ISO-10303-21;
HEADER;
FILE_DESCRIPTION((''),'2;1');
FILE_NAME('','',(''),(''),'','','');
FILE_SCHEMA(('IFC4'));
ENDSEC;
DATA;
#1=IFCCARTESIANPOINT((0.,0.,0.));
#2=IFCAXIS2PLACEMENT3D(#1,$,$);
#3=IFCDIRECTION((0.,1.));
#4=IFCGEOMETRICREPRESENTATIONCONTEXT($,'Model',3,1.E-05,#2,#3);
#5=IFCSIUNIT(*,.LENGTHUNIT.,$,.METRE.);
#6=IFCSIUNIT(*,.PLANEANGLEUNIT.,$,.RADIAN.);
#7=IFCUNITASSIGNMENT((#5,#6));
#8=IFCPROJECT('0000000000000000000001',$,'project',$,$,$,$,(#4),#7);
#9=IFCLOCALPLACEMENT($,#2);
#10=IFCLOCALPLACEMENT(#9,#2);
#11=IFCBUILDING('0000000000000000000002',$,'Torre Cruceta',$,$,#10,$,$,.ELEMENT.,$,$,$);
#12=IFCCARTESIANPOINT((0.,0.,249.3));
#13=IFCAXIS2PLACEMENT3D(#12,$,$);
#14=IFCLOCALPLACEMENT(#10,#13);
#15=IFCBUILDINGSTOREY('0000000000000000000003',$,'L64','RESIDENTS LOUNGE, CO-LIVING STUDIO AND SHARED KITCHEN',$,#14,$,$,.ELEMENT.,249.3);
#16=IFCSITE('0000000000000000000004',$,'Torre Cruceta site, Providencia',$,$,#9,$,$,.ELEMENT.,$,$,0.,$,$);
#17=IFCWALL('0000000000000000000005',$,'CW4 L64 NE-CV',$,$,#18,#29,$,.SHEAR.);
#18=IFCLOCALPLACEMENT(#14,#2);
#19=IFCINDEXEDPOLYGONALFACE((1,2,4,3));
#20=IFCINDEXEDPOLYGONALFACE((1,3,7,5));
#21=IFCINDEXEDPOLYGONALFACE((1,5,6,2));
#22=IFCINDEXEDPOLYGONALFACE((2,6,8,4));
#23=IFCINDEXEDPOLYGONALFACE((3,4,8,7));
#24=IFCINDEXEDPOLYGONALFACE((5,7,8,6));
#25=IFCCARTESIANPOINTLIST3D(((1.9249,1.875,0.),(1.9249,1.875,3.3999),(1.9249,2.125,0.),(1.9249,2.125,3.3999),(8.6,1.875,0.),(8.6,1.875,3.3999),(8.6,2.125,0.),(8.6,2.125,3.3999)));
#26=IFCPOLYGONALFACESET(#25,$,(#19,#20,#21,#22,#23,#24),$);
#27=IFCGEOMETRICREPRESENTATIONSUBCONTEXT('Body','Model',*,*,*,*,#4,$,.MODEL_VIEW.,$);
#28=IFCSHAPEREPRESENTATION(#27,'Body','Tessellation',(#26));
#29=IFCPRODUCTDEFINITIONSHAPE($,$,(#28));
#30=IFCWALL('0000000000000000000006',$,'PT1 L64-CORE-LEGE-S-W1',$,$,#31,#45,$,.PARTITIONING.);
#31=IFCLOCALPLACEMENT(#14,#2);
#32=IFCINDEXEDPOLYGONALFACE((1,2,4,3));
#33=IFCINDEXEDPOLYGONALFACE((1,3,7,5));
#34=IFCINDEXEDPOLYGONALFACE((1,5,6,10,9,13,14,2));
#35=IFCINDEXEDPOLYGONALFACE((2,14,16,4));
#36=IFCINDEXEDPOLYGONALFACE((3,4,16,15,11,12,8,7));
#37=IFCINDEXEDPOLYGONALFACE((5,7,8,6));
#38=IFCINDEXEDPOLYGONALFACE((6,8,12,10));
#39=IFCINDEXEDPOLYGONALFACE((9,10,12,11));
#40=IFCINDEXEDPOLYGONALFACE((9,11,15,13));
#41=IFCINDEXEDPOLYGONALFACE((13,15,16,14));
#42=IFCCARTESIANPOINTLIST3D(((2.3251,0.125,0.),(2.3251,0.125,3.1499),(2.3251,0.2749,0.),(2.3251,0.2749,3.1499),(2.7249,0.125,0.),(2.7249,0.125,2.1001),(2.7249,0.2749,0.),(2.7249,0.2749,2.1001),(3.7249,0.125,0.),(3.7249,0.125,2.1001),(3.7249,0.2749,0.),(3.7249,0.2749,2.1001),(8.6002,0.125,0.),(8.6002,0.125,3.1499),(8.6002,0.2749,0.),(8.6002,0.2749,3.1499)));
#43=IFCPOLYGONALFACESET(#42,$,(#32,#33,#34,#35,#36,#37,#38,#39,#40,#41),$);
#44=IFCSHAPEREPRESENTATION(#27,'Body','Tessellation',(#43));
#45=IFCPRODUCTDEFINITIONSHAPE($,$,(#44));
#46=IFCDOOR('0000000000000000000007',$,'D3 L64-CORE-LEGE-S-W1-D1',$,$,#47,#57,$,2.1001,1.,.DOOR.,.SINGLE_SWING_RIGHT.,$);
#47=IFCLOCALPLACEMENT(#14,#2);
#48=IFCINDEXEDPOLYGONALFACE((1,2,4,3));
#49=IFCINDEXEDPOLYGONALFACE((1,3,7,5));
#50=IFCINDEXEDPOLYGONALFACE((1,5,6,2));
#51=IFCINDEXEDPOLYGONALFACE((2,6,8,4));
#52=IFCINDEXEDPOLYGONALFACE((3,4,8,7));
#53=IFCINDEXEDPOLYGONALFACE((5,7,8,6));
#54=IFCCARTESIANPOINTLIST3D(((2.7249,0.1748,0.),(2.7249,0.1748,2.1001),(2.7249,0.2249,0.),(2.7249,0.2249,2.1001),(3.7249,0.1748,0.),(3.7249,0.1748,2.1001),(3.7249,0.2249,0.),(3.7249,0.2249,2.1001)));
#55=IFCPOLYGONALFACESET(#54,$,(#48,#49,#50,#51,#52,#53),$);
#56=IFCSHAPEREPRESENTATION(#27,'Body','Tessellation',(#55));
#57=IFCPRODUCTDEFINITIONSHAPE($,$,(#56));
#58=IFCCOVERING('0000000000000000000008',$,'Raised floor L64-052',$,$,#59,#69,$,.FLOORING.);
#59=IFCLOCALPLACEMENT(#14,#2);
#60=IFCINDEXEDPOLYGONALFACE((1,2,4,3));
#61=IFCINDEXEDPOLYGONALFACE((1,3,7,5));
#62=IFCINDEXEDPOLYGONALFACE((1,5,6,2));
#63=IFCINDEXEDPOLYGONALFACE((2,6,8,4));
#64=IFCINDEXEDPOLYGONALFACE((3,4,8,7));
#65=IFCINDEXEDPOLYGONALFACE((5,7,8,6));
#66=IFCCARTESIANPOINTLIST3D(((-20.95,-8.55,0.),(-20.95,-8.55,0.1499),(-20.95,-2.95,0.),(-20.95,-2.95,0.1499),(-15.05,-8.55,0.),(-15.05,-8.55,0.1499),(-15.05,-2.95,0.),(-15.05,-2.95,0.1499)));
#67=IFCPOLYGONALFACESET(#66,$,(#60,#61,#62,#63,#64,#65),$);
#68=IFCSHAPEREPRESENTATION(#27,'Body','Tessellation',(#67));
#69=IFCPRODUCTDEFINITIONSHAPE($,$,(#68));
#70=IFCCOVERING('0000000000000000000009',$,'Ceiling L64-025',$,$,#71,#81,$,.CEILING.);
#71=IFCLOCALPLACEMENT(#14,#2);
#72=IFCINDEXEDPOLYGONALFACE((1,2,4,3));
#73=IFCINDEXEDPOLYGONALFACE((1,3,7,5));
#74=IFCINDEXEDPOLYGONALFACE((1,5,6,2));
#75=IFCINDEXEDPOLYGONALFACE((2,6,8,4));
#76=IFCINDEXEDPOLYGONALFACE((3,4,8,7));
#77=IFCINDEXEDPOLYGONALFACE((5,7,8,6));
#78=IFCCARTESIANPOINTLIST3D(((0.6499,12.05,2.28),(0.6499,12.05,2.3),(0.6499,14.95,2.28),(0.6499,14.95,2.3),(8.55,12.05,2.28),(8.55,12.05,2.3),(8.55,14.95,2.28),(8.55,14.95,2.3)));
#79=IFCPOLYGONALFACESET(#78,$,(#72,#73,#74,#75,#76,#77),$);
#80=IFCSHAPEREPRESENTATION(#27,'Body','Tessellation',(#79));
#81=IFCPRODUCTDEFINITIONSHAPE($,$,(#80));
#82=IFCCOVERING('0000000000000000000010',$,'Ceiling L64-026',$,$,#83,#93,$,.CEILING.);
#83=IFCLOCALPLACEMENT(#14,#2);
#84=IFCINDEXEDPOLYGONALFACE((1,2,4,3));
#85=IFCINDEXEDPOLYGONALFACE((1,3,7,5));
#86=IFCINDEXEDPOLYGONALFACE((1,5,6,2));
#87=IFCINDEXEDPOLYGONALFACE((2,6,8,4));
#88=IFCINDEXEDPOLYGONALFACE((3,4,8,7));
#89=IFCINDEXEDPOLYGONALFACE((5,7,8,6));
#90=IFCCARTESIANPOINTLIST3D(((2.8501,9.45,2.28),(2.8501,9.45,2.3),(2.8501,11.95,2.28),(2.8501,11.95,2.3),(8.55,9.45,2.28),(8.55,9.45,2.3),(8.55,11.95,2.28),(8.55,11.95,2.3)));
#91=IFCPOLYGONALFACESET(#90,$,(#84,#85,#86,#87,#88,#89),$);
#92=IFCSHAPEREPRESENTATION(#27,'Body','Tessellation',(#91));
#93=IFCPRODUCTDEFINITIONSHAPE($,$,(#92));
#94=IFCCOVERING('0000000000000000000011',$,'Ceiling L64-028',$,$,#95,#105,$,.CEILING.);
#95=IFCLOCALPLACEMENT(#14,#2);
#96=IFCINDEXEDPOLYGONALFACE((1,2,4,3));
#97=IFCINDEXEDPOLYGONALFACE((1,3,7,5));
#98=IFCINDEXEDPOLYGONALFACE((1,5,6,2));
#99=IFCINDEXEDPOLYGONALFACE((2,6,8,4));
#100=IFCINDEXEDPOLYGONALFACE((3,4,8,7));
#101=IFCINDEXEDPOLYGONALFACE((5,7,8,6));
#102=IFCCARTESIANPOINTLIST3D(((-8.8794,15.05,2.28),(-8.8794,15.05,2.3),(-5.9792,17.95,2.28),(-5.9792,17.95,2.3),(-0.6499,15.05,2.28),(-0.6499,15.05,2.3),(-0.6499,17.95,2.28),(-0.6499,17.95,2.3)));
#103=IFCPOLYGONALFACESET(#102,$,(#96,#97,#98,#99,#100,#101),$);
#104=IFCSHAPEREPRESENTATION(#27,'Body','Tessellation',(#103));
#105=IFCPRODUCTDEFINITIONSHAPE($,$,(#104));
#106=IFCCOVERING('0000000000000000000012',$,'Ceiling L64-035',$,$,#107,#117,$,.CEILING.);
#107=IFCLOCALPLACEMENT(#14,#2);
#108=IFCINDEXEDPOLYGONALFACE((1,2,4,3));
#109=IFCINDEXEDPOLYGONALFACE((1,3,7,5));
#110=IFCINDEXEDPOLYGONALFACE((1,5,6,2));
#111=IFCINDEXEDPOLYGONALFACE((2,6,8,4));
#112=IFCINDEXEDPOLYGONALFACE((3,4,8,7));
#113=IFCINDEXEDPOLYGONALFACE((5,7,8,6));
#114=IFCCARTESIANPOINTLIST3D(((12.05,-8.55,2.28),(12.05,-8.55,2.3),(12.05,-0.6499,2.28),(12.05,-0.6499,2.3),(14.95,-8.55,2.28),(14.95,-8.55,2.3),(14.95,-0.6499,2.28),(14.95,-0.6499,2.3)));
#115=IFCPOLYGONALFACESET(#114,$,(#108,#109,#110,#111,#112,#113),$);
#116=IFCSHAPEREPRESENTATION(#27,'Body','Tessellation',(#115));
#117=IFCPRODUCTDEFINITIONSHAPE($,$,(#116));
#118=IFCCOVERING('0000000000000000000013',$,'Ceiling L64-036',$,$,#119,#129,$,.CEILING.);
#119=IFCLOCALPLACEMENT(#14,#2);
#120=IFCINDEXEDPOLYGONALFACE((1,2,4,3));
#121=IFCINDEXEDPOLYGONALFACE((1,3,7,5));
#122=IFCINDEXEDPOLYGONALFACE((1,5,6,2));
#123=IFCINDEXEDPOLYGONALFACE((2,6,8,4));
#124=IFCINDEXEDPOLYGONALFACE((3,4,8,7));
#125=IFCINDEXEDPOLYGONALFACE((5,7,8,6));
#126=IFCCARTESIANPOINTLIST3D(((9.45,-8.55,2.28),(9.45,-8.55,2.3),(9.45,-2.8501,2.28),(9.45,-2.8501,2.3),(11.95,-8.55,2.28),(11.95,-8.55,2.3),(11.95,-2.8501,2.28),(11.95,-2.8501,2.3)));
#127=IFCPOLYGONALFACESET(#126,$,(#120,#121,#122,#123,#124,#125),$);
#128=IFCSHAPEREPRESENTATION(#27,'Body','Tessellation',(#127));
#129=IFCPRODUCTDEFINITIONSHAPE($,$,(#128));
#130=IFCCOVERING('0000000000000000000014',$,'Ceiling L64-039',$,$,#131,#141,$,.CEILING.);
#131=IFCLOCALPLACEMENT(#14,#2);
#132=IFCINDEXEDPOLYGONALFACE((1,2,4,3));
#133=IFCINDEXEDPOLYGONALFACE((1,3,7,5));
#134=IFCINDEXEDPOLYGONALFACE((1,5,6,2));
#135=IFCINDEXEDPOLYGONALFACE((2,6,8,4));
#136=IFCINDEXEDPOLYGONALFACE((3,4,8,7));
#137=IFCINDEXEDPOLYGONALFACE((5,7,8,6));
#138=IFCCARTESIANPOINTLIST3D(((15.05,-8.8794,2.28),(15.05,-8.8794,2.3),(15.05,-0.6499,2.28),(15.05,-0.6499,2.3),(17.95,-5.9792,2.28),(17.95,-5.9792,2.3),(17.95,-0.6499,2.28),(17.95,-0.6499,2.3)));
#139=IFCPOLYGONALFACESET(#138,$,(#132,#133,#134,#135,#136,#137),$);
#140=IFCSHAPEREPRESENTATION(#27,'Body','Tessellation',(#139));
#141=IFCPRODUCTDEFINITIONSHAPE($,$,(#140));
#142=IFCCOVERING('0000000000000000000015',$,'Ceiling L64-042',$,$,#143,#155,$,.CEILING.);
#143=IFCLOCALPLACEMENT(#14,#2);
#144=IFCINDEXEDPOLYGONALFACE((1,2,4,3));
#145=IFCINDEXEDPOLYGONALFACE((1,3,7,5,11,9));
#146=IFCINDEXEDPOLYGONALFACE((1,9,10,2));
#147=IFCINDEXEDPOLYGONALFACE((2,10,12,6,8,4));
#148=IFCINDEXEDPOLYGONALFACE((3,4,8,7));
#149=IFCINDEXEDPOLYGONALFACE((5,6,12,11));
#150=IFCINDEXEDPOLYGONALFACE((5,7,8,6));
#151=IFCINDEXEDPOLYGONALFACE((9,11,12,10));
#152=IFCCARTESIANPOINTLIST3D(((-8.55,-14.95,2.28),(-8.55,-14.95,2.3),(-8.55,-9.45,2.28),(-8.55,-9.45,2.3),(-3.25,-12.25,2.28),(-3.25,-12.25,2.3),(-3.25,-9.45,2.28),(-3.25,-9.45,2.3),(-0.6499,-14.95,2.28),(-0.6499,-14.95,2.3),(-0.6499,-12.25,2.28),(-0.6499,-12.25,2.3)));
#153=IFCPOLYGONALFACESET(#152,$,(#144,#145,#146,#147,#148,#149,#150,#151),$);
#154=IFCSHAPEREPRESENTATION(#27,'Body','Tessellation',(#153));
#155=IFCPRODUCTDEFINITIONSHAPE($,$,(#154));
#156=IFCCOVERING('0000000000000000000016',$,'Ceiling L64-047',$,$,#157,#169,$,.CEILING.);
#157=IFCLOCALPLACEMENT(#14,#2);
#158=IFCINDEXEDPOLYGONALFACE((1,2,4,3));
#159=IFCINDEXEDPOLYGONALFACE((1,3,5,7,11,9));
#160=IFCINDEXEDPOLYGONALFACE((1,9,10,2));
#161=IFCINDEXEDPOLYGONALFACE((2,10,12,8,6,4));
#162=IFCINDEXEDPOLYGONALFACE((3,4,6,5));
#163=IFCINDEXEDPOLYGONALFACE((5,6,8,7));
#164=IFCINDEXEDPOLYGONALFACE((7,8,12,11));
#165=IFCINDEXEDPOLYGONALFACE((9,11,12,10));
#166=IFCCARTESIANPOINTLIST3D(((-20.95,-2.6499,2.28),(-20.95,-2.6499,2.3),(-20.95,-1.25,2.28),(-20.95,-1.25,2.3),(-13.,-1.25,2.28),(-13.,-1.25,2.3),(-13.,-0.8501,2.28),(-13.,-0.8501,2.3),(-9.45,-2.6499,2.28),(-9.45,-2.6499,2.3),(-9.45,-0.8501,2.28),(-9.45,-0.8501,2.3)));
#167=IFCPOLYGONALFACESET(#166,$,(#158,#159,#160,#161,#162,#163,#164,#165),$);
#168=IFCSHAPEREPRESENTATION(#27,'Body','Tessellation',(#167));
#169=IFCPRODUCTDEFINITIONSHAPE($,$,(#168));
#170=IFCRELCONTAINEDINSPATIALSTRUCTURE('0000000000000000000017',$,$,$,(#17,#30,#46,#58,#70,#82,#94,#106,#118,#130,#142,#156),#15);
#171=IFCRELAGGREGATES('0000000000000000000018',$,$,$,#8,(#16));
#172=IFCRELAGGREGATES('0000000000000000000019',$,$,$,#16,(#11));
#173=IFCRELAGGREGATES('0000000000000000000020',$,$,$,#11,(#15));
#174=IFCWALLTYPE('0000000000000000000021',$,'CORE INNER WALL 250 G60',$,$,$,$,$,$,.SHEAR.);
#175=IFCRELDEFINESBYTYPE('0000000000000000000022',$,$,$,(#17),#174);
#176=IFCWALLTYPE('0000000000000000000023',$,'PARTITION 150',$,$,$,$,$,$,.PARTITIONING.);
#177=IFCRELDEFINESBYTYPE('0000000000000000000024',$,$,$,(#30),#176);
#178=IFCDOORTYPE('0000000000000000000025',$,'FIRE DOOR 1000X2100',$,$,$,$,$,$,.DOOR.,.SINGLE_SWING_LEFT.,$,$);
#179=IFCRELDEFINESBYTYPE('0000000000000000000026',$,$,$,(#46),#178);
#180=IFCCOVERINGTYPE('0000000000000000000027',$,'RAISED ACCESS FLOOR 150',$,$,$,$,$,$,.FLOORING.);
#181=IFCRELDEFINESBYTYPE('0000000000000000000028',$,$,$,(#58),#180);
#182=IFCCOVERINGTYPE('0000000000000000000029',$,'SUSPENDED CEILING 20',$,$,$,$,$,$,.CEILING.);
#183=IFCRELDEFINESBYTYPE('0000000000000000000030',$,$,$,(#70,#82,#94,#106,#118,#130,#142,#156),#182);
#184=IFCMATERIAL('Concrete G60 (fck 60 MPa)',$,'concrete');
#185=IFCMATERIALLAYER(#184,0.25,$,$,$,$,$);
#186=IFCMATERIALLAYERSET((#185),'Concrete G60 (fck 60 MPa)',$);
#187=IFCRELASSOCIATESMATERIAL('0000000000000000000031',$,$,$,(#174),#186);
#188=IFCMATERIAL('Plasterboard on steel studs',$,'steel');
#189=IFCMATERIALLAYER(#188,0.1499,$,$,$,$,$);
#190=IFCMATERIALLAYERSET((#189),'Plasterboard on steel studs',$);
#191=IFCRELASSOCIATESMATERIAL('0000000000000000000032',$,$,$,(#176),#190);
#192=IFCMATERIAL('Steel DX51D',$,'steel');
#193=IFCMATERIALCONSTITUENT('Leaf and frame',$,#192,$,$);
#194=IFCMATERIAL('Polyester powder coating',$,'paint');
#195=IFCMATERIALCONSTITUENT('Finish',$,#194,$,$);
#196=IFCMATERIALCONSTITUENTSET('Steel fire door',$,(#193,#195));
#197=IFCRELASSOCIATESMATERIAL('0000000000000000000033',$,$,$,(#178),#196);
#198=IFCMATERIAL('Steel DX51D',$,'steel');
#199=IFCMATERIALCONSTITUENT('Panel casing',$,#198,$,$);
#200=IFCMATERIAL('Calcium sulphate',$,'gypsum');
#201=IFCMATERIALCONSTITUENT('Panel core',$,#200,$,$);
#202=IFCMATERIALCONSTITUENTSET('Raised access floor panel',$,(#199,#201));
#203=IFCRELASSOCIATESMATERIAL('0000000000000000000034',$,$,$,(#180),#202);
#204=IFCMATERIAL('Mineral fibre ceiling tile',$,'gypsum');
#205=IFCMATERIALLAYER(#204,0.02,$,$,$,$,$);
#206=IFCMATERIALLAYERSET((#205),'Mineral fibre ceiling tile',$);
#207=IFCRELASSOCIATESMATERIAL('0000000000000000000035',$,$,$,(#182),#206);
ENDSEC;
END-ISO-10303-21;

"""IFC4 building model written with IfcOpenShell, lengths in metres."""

from ifc_helpers import new_model, si_unit, direction, frame, frame_2d, origin, place, context, subcontext, project, spatial, polyline, rectangle, outline, extrude, material, layer, layer_set, constituent, constituent_set, type_object, element, fill, save


model = new_model("IFC4")

# Units and contexts
model_context = context("Model", 3, precision=1e-05, world=origin(), true_north=direction((0.0, 1.0)))
body_context = subcontext(model_context, "Body", "Model", "MODEL_VIEW")
ifc_project = project(units=[si_unit("LENGTHUNIT", "METRE"), si_unit("PLANEANGLEUNIT", "RADIAN")], contexts=[model_context])

# Site, building, storey
site_placement = place(None, origin())
site = spatial("IfcSite", under=ifc_project, at=site_placement, Name="Torre Cruceta site, Providencia", CompositionType="ELEMENT", RefElevation=0.0)
building_placement = place(site_placement, origin())
building = spatial("IfcBuilding", under=site, at=building_placement, Name="Torre Cruceta", CompositionType="ELEMENT")
storey_placement = place(building_placement, frame((0.0, 0.0, 249.3)))
storey = spatial("IfcBuildingStorey", under=building, at=storey_placement, Name="L64", Description="RESIDENTS LOUNGE, CO-LIVING STUDIO AND SHARED KITCHEN", CompositionType="ELEMENT", Elevation=249.3)

# Shared definitions
ifc_material_1 = material(Name="Concrete G60 (fck 60 MPa)", Category="concrete")
ifc_layer_1 = layer(ifc_material_1, 0.25)
ifc_layer_set_1 = layer_set([ifc_layer_1], Name="Concrete G60 (fck 60 MPa)")
wall_type_1 = type_object("IfcWallType", Name="CORE INNER WALL 250 G60", PredefinedType="SHEAR", material=ifc_layer_set_1)

# Wall
wall_1_placement = place(storey_placement, frame((1.925, 2.0, 0.0), z_axis=(0.0, 0.0, 1.0), x_axis=(1.0, 0.0, 0.0)))
element("IfcWall", 1, at=wall_1_placement, inside=storey, type_object=wall_type_1, Name="CW4 L64 NE-CV", PredefinedType="SHEAR", context=body_context, shape_type="SweptSolid", body=[
    extrude(rectangle(XDim=6.675, YDim=0.25, at=frame_2d((3.3374, 0.0))), origin(), (0.0, 0.0, 1.0), 3.3999),
])

# Wall, opening, door
ifc_material_2 = material(Name="Plasterboard on steel studs", Category="steel")
ifc_layer_2 = layer(ifc_material_2, 0.1499)
ifc_layer_set_2 = layer_set([ifc_layer_2], Name="Plasterboard on steel studs")
wall_type_2 = type_object("IfcWallType", Name="PARTITION 150", PredefinedType="PARTITIONING", material=ifc_layer_set_2)
wall_2_placement = place(storey_placement, frame((2.325, 0.2, 0.0), z_axis=(0.0, 0.0, 1.0), x_axis=(1.0, 0.0, 0.0)))
wall_2 = element("IfcWall", 2, at=wall_2_placement, inside=storey, type_object=wall_type_2, Name="PT1 L64-CORE-LEGE-S-W1", PredefinedType="PARTITIONING", context=body_context, shape_type="SweptSolid", body=[
    extrude(rectangle(XDim=6.2751, YDim=0.1499, at=frame_2d((3.1377, 0.0))), origin(), (0.0, 0.0, 1.0), 3.1499),
])
opening_1_placement = place(wall_2_placement, frame((0.3999, 0.0, 0.0)))
opening_1 = element("IfcOpeningElement", 3, at=opening_1_placement, cuts=wall_2, PredefinedType="OPENING", context=body_context, shape_type="SweptSolid", body=[
    extrude(rectangle(XDim=1.0, YDim=2.1001, at=frame_2d((0.5, 1.05))), frame((0.0, 0.085, 0.0), z_axis=(0.0, -1.0, 0.0), x_axis=(1.0, 0.0, 0.0)), (0.0, 0.0, 1.0), 0.1699),
])
ifc_material_3 = material(Name="Steel DX51D", Category="steel")
ifc_constituent_1 = constituent(ifc_material_3, Name="Leaf and frame")
ifc_material_4 = material(Name="Polyester powder coating", Category="paint")
ifc_constituent_2 = constituent(ifc_material_4, Name="Finish")
ifc_constituent_set_1 = constituent_set(constituents=[ifc_constituent_1, ifc_constituent_2], Name="Steel fire door")
door_type_1 = type_object("IfcDoorType", Name="FIRE DOOR 1000X2100", OperationType="SINGLE_SWING_LEFT", PredefinedType="DOOR", material=ifc_constituent_set_1)
door_1_placement = place(opening_1_placement, frame((1.0, 0.0, 0.0), z_axis=(0.0, 0.0, 1.0), x_axis=(-1.0, 0.0, 0.0)))
door_1 = element("IfcDoor", 4, at=door_1_placement, inside=storey, type_object=door_type_1, Name="D3 L64-CORE-LEGE-S-W1-D1", OperationType="SINGLE_SWING_RIGHT", OverallHeight=2.1001, OverallWidth=1.0, PredefinedType="DOOR", context=body_context, shape_type="SweptSolid", body=[
    extrude(rectangle(XDim=1.0, YDim=2.1001, at=frame_2d((0.5, 1.05))), frame((0.0, 0.0251, 0.0), z_axis=(0.0, -1.0, 0.0), x_axis=(1.0, 0.0, 0.0)), (0.0, 0.0, 1.0), 0.05),
])
fill(opening_1, door_1)

# Coverings
ifc_material_5 = material(Name="Steel DX51D", Category="steel")
ifc_constituent_3 = constituent(ifc_material_5, Name="Panel casing")
ifc_material_6 = material(Name="Calcium sulphate", Category="gypsum")
ifc_constituent_4 = constituent(ifc_material_6, Name="Panel core")
ifc_constituent_set_2 = constituent_set(constituents=[ifc_constituent_3, ifc_constituent_4], Name="Raised access floor panel")
covering_type_1 = type_object("IfcCoveringType", Name="RAISED ACCESS FLOOR 150", PredefinedType="FLOORING", material=ifc_constituent_set_2)
covering_1_placement = place(storey_placement, origin())
element("IfcCovering", 5, at=covering_1_placement, inside=storey, type_object=covering_type_1, Name="Raised floor L64-052", PredefinedType="FLOORING", context=body_context, shape_type="SweptSolid", body=[
    extrude(outline(polyline([(-15.05, -2.95), (-15.05, -8.55), (-20.95, -8.55), (-20.95, -2.95), (-15.05, -2.95)])), origin(), (0.0, 0.0, 1.0), 0.1499),
])
ifc_material_7 = material(Name="Mineral fibre ceiling tile", Category="gypsum")
ifc_layer_3 = layer(ifc_material_7, 0.02)
ifc_layer_set_3 = layer_set([ifc_layer_3], Name="Mineral fibre ceiling tile")
covering_type_2 = type_object("IfcCoveringType", Name="SUSPENDED CEILING 20", PredefinedType="CEILING", material=ifc_layer_set_3)
covering_2_placement = place(storey_placement, frame((0.0, 0.0, 2.28)))
element("IfcCovering", 6, at=covering_2_placement, inside=storey, type_object=covering_type_2, Name="Ceiling L64-025", PredefinedType="CEILING", context=body_context, shape_type="SweptSolid", body=[
    extrude(outline(polyline([(8.55, 14.95), (8.55, 12.05), (0.6499, 12.05), (0.6499, 14.95), (8.55, 14.95)])), origin(), (0.0, 0.0, 1.0), 0.02),
])
covering_3_placement = place(storey_placement, frame((0.0, 0.0, 2.28)))
element("IfcCovering", 7, at=covering_3_placement, inside=storey, type_object=covering_type_2, Name="Ceiling L64-026", PredefinedType="CEILING", context=body_context, shape_type="SweptSolid", body=[
    extrude(outline(polyline([(8.55, 9.45), (2.8501, 9.45), (2.8501, 11.95), (8.55, 11.95), (8.55, 9.45)])), origin(), (0.0, 0.0, 1.0), 0.02),
])
covering_4_placement = place(storey_placement, frame((0.0, 0.0, 2.28)))
element("IfcCovering", 8, at=covering_4_placement, inside=storey, type_object=covering_type_2, Name="Ceiling L64-028", PredefinedType="CEILING", context=body_context, shape_type="SweptSolid", body=[
    extrude(outline(polyline([(-5.9792, 17.95), (-0.6499, 17.95), (-0.6499, 15.05), (-8.8794, 15.05), (-5.9792, 17.95)])), origin(), (0.0, 0.0, 1.0), 0.02),
])
covering_5_placement = place(storey_placement, frame((0.0, 0.0, 2.28)))
element("IfcCovering", 9, at=covering_5_placement, inside=storey, type_object=covering_type_2, Name="Ceiling L64-035", PredefinedType="CEILING", context=body_context, shape_type="SweptSolid", body=[
    extrude(outline(polyline([(14.95, -8.55), (12.05, -8.55), (12.05, -0.6499), (14.95, -0.6499), (14.95, -8.55)])), origin(), (0.0, 0.0, 1.0), 0.02),
])
covering_6_placement = place(storey_placement, frame((0.0, 0.0, 2.28)))
element("IfcCovering", 10, at=covering_6_placement, inside=storey, type_object=covering_type_2, Name="Ceiling L64-036", PredefinedType="CEILING", context=body_context, shape_type="SweptSolid", body=[
    extrude(outline(polyline([(9.45, -8.55), (9.45, -2.8501), (11.95, -2.8501), (11.95, -8.55), (9.45, -8.55)])), origin(), (0.0, 0.0, 1.0), 0.02),
])
covering_7_placement = place(storey_placement, frame((0.0, 0.0, 2.28)))
element("IfcCovering", 11, at=covering_7_placement, inside=storey, type_object=covering_type_2, Name="Ceiling L64-039", PredefinedType="CEILING", context=body_context, shape_type="SweptSolid", body=[
    extrude(outline(polyline([(15.05, -8.8794), (15.05, -0.6499), (17.95, -0.6499), (17.95, -5.9792), (15.05, -8.8794)])), origin(), (0.0, 0.0, 1.0), 0.02),
])
covering_8_placement = place(storey_placement, frame((0.0, 0.0, 2.28)))
element("IfcCovering", 12, at=covering_8_placement, inside=storey, type_object=covering_type_2, Name="Ceiling L64-042", PredefinedType="CEILING", context=body_context, shape_type="SweptSolid", body=[
    extrude(outline(polyline([(-0.6499, -14.95), (-8.55, -14.95), (-8.55, -9.45), (-3.25, -9.45), (-3.25, -12.25), (-0.6499, -12.25), (-0.6499, -14.95)])), origin(), (0.0, 0.0, 1.0), 0.02),
])
covering_9_placement = place(storey_placement, frame((0.0, 0.0, 2.28)))
element("IfcCovering", 13, at=covering_9_placement, inside=storey, type_object=covering_type_2, Name="Ceiling L64-047", PredefinedType="CEILING", context=body_context, shape_type="SweptSolid", body=[
    extrude(outline(polyline([(-9.45, -0.8501), (-9.45, -2.6499), (-20.95, -2.6499), (-20.95, -1.25), (-13.0, -1.25), (-13.0, -0.8501), (-9.45, -0.8501)])), origin(), (0.0, 0.0, 1.0), 0.02),
])

save(model, "model.ifc")
